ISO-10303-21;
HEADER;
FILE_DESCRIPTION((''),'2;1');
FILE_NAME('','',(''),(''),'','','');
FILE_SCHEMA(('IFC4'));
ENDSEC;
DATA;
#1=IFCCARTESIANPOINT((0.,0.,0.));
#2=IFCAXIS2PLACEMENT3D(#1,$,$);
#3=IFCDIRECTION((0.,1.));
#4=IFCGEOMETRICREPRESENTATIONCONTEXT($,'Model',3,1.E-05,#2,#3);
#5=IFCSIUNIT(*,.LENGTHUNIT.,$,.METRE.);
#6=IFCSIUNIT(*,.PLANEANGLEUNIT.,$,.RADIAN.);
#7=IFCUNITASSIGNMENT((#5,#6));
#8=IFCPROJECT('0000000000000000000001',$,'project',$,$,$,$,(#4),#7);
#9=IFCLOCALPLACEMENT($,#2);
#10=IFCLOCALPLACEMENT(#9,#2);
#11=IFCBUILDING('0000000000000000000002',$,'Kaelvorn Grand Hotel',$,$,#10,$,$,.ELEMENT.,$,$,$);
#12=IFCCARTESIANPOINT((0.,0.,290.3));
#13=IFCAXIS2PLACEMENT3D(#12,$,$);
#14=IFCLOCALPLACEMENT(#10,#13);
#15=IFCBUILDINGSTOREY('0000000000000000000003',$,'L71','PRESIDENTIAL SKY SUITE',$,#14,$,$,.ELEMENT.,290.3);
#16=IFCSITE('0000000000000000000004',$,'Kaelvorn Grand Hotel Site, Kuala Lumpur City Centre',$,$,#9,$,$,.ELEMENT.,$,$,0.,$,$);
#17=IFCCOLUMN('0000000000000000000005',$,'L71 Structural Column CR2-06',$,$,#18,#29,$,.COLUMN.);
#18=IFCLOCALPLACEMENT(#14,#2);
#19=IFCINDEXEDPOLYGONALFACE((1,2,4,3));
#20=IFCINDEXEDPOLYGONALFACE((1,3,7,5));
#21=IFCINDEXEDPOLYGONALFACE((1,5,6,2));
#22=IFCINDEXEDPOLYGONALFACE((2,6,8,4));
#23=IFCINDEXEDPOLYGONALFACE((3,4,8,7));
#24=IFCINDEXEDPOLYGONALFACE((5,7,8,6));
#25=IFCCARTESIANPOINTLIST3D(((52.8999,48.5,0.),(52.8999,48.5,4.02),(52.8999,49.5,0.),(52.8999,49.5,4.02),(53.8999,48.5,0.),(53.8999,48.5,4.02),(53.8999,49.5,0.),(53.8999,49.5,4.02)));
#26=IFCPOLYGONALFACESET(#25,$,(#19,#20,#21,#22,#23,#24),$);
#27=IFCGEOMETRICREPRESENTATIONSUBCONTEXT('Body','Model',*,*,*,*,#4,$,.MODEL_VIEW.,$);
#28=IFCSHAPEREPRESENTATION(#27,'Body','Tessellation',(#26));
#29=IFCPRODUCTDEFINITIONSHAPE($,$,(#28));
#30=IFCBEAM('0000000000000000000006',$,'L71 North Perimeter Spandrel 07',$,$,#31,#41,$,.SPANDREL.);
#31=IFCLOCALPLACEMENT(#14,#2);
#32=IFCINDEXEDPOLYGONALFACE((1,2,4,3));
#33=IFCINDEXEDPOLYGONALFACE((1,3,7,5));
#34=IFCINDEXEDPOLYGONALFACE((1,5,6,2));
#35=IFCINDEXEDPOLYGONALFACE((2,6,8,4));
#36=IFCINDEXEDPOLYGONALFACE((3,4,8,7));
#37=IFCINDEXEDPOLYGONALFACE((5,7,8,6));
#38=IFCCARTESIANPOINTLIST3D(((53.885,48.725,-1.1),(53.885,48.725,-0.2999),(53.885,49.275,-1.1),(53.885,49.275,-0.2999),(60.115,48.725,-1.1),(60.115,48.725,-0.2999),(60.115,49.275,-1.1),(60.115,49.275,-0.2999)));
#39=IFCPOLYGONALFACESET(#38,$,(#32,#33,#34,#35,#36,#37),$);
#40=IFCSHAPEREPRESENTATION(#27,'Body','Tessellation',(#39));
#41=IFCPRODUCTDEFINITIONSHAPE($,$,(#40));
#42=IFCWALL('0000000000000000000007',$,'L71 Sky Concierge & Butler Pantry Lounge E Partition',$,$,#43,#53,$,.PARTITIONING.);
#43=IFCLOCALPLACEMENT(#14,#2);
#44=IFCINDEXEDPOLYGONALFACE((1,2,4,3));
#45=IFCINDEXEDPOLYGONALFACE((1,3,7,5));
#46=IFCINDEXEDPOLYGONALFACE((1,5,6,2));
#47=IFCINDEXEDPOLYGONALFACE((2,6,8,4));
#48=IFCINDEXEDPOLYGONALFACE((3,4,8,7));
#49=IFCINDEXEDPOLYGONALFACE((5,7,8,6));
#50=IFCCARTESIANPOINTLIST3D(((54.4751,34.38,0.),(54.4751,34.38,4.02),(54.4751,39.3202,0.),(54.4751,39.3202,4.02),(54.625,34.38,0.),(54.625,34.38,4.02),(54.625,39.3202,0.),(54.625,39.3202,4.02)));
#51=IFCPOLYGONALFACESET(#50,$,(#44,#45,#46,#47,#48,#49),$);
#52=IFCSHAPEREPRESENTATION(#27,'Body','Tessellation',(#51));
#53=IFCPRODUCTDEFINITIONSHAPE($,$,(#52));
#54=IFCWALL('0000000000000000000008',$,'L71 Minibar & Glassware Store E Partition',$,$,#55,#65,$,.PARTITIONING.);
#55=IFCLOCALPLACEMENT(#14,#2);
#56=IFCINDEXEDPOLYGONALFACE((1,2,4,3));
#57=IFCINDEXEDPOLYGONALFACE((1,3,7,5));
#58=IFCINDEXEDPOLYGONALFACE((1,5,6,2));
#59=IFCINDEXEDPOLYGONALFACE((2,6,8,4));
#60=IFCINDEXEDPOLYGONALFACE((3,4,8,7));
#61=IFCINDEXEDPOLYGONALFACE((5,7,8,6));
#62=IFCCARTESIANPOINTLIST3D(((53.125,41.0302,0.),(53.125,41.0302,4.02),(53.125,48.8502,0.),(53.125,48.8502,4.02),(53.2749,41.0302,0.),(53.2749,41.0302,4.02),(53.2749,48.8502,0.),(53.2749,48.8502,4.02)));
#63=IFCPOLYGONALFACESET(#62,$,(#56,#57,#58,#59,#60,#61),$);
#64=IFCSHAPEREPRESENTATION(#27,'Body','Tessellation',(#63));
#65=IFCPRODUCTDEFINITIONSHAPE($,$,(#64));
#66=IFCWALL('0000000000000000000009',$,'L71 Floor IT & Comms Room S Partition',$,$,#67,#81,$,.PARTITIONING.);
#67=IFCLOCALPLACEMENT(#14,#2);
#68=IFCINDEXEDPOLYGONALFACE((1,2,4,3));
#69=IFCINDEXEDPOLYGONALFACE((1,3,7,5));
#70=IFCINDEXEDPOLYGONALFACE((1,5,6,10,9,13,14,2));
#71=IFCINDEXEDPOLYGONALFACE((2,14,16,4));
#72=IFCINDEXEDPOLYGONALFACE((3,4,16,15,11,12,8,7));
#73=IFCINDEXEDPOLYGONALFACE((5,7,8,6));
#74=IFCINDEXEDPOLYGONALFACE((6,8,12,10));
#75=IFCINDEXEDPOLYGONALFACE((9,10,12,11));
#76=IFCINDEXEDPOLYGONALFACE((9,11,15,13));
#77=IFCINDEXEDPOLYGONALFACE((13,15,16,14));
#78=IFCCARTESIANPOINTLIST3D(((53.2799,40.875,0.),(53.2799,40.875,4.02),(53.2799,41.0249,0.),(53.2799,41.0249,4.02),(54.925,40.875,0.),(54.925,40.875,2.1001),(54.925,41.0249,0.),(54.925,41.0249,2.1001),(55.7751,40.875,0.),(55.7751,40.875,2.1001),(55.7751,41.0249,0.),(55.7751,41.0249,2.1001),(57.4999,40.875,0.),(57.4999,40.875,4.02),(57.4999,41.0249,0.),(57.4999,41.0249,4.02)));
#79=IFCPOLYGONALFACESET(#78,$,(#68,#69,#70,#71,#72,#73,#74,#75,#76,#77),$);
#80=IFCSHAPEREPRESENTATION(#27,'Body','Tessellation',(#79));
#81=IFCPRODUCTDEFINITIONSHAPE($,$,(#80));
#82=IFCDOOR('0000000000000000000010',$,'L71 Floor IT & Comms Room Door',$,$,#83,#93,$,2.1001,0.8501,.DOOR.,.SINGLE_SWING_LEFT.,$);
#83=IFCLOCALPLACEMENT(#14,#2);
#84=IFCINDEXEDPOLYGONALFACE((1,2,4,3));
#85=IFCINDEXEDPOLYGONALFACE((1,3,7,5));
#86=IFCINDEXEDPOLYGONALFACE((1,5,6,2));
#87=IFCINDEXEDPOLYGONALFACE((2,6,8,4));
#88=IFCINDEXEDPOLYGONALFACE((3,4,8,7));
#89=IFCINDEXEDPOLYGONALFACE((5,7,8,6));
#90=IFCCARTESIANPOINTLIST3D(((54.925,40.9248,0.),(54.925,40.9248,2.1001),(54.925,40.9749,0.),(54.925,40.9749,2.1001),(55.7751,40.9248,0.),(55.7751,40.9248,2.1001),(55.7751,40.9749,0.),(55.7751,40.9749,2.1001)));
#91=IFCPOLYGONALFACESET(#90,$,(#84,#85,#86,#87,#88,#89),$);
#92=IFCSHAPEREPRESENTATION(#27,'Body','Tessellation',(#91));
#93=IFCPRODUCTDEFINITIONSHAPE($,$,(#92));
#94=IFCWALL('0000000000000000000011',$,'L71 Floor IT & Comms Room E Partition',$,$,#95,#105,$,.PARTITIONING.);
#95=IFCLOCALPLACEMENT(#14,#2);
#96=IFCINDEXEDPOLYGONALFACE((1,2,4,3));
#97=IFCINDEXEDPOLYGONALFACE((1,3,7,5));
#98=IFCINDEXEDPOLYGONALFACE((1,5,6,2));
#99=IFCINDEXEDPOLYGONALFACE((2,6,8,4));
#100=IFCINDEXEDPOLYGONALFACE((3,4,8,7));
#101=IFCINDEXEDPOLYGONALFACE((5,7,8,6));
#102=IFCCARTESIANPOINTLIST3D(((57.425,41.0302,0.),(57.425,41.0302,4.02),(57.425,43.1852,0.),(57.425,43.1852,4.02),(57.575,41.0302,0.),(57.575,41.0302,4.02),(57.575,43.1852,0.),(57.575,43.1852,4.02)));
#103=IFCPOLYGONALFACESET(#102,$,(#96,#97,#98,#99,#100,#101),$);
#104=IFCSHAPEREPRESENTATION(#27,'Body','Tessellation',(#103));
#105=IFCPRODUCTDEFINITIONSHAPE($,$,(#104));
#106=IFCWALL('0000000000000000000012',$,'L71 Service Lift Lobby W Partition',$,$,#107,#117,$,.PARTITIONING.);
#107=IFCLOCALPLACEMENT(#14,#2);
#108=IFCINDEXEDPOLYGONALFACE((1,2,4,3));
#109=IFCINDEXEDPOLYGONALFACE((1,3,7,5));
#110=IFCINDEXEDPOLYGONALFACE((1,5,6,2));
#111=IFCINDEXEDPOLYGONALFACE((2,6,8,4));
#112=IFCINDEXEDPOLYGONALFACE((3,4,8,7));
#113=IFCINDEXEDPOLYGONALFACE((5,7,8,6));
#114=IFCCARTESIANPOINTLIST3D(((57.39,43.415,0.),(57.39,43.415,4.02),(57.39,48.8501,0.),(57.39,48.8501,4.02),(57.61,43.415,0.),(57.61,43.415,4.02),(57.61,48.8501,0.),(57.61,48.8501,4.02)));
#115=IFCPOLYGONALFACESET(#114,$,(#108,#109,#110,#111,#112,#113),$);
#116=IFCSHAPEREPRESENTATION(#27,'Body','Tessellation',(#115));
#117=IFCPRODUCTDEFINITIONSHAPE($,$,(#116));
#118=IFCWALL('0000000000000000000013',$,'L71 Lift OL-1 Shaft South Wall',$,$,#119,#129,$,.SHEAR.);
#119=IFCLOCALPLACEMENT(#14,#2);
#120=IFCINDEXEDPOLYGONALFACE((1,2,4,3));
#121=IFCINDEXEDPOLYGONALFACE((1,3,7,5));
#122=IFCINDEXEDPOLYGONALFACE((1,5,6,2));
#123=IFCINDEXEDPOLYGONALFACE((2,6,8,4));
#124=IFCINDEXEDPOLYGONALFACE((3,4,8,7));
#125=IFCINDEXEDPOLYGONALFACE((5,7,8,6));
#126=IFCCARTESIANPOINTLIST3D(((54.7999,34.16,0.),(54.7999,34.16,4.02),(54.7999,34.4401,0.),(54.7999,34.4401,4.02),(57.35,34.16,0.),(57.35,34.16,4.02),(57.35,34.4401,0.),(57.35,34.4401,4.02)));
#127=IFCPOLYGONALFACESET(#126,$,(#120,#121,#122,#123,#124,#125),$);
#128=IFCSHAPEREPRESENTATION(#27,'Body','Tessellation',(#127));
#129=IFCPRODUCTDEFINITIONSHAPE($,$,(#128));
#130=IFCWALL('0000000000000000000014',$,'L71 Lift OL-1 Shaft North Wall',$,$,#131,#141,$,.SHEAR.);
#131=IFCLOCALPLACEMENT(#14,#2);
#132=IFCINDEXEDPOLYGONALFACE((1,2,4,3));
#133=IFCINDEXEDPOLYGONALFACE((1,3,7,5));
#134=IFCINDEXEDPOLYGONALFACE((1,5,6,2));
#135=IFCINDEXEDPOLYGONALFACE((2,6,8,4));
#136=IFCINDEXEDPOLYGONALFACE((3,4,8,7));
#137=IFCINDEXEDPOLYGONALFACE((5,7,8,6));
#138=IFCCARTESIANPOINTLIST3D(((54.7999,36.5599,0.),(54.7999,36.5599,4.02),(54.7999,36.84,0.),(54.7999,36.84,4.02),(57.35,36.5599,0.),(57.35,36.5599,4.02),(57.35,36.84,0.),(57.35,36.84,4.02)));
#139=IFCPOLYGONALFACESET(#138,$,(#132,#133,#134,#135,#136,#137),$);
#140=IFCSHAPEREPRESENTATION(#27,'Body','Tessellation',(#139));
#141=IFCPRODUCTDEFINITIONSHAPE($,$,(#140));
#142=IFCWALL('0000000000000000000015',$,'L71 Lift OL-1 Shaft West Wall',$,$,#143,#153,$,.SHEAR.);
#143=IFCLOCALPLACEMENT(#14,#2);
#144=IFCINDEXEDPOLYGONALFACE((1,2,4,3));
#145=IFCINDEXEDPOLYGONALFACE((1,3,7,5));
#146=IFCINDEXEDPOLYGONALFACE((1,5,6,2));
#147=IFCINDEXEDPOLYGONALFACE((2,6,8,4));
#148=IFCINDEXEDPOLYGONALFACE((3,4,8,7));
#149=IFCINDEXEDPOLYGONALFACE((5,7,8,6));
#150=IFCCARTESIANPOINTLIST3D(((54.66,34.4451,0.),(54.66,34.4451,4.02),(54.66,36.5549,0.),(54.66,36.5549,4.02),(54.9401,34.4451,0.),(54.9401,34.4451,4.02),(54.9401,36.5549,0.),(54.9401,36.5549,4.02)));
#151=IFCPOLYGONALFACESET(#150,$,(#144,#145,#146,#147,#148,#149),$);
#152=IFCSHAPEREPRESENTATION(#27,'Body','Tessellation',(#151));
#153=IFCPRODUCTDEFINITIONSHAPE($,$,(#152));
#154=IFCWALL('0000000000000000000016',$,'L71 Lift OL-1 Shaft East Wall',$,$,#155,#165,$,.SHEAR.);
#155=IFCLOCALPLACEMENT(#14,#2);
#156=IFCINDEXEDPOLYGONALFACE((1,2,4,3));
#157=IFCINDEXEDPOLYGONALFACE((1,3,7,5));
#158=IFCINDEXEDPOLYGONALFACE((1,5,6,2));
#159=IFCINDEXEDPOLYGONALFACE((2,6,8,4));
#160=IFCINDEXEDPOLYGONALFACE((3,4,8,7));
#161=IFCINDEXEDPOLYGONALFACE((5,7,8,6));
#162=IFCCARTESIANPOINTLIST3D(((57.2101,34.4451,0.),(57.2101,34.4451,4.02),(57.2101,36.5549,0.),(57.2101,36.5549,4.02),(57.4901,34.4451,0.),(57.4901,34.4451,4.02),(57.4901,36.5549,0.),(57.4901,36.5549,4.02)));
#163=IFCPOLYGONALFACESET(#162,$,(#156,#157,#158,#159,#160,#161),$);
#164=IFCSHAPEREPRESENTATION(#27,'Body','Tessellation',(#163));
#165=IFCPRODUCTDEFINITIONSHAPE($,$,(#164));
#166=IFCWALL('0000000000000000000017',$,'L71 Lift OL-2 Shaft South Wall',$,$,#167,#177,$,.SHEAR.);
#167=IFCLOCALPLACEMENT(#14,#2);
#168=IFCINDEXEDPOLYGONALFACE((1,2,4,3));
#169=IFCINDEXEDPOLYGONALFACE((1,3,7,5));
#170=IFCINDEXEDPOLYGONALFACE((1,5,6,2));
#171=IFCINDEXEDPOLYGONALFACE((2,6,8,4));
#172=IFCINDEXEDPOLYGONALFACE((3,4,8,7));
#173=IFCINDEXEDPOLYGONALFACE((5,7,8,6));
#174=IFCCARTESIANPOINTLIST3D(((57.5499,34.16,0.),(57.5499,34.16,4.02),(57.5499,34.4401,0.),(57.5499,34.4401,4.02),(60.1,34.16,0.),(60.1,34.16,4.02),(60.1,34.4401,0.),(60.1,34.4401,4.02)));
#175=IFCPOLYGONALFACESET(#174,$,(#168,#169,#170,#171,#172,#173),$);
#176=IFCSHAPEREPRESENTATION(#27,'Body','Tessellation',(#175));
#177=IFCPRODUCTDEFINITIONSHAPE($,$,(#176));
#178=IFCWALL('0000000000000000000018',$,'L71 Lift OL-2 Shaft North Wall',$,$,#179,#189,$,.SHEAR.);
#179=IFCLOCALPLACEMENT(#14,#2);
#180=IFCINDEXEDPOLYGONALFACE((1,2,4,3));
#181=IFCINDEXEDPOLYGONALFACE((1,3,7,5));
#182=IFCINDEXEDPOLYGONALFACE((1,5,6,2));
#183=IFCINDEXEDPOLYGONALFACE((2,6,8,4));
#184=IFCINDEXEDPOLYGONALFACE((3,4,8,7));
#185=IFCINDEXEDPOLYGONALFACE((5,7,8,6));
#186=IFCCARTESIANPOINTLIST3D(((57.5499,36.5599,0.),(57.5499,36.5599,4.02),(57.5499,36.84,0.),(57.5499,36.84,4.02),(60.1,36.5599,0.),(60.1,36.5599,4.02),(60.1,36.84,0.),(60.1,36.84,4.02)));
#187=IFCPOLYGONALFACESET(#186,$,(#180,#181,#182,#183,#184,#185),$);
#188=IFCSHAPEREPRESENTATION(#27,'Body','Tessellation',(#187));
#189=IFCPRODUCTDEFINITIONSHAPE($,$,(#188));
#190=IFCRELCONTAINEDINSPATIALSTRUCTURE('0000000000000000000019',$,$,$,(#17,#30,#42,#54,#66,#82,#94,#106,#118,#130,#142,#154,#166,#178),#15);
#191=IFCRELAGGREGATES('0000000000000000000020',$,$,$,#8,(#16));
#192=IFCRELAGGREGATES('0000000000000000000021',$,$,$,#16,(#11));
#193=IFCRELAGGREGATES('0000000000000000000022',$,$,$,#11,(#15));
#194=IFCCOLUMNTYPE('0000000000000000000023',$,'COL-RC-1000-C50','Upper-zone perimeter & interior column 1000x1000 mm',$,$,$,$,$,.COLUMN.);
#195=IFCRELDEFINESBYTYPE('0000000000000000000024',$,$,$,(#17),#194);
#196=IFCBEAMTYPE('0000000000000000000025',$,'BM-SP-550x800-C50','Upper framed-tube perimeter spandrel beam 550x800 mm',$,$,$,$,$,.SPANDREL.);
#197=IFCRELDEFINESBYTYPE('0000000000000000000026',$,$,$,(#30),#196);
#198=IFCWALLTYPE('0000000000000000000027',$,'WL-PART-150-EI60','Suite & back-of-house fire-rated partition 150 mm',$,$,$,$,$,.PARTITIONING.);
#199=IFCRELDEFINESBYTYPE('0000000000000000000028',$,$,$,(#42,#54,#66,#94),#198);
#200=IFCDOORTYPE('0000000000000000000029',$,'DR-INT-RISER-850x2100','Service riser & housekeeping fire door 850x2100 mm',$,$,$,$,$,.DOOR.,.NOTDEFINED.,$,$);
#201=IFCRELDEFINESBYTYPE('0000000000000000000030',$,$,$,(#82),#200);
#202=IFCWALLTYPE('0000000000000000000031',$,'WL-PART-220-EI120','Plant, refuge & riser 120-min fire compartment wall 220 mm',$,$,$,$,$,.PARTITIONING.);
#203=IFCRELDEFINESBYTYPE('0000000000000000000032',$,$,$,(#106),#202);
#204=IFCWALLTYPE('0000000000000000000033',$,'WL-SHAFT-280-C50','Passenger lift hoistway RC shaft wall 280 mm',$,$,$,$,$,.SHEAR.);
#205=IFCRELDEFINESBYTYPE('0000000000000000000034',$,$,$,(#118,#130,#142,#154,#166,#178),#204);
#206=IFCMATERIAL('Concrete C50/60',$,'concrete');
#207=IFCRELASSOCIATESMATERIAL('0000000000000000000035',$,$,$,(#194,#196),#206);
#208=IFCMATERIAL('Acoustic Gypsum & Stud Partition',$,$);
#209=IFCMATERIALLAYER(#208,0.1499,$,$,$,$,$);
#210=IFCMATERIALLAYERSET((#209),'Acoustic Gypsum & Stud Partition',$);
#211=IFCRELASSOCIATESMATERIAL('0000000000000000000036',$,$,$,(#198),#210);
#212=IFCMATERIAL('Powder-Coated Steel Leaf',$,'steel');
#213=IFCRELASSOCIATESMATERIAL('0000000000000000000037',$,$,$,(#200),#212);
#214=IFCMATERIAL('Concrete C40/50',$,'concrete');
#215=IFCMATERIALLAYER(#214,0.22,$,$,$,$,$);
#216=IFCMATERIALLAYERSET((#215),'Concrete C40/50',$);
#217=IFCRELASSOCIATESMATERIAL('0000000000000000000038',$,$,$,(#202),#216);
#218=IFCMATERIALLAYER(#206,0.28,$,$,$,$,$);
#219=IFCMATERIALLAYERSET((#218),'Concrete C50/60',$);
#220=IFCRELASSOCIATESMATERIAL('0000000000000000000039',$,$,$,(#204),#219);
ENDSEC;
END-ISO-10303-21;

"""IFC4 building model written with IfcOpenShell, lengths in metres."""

from ifc_helpers import new_model, si_unit, direction, frame, frame_2d, origin, origin_2d, place, context, subcontext, project, spatial, rectangle, extrude, material, layer, layer_set, material_profile, profile_set, type_object, element, fill, save


model = new_model("IFC4")

# Units and contexts
model_context = context("Model", 3, precision=1e-05, world=origin(), true_north=direction((0.0, 1.0)))
body_context = subcontext(model_context, "Body", "Model", "MODEL_VIEW")
ifc_project = project(units=[si_unit("LENGTHUNIT", "METRE"), si_unit("PLANEANGLEUNIT", "RADIAN")], contexts=[model_context])

# Site, building, storey
site_placement = place(None, origin())
site = spatial("IfcSite", under=ifc_project, at=site_placement, Name="Kaelvorn Grand Hotel Site, Kuala Lumpur City Centre", CompositionType="ELEMENT", RefElevation=0.0)
building_placement = place(site_placement, origin())
building = spatial("IfcBuilding", under=site, at=building_placement, Name="Kaelvorn Grand Hotel", CompositionType="ELEMENT")
storey_placement = place(building_placement, frame((0.0, 0.0, 290.3)))
storey = spatial("IfcBuildingStorey", under=building, at=storey_placement, Name="L71", Description="PRESIDENTIAL SKY SUITE", CompositionType="ELEMENT", Elevation=290.3)

# Column
ifc_material_1 = material(Name="Concrete C50/60", Category="concrete")
ifc_material_profile_1 = material_profile(ifc_material_1, rectangle(XDim=1.0, YDim=1.0, at=origin_2d()), Name="RC COL 1000x1000")
ifc_profile_set_1 = profile_set([ifc_material_profile_1], Name="Concrete C50/60")
column_type = type_object("IfcColumnType", Name="COL-RC-1000-C50", Description="Upper-zone perimeter & interior column 1000x1000 mm", PredefinedType="COLUMN", material=ifc_profile_set_1)
column_placement = place(storey_placement, frame((53.3999, 49.0, 0.0), z_axis=(0.0, 0.0, 1.0), x_axis=(1.0, 0.0, 0.0)))
element("IfcColumn", 1, at=column_placement, inside=storey, type_object=column_type, Name="L71 Structural Column CR2-06", PredefinedType="COLUMN", context=body_context, shape_type="SweptSolid", body=[
    extrude(rectangle(XDim=1.0, YDim=1.0, at=origin_2d()), origin(), (0.0, 0.0, 1.0), 4.02),
])

# Beam
ifc_material_profile_2 = material_profile(ifc_material_1, rectangle(XDim=0.55, YDim=0.8, at=origin_2d()), Name="RC SPANDREL 550x800")
ifc_profile_set_2 = profile_set([ifc_material_profile_2], Name="Concrete C50/60")
beam_type = type_object("IfcBeamType", Name="BM-SP-550x800-C50", Description="Upper framed-tube perimeter spandrel beam 550x800 mm", PredefinedType="SPANDREL", material=ifc_profile_set_2)
beam_placement = place(storey_placement, frame((53.885, 49.0, -0.7), z_axis=(1.0, 0.0, 0.0), x_axis=(0.0, 1.0, 0.0)))
element("IfcBeam", 2, at=beam_placement, inside=storey, type_object=beam_type, Name="L71 North Perimeter Spandrel 07", PredefinedType="SPANDREL", context=body_context, shape_type="SweptSolid", body=[
    extrude(rectangle(XDim=0.55, YDim=0.8, at=origin_2d()), origin(), (0.0, 0.0, 1.0), 6.23),
])

# Walls
ifc_material_2 = material(Name="Acoustic Gypsum & Stud Partition")
ifc_layer_1 = layer(ifc_material_2, 0.1499)
ifc_layer_set_1 = layer_set([ifc_layer_1], Name="Acoustic Gypsum & Stud Partition")
wall_type_1 = type_object("IfcWallType", Name="WL-PART-150-EI60", Description="Suite & back-of-house fire-rated partition 150 mm", PredefinedType="PARTITIONING", material=ifc_layer_set_1)
wall_1_placement = place(storey_placement, frame((54.55, 34.3799, 0.0), z_axis=(0.0, 0.0, 1.0), x_axis=(0.0, 1.0, 0.0)))
element("IfcWall", 3, at=wall_1_placement, inside=storey, type_object=wall_type_1, Name="L71 Sky Concierge & Butler Pantry Lounge E Partition", PredefinedType="PARTITIONING", context=body_context, shape_type="SweptSolid", body=[
    extrude(rectangle(XDim=4.9402, YDim=0.1499, at=frame_2d((2.4702, 0.0))), origin(), (0.0, 0.0, 1.0), 4.02),
])
wall_2_placement = place(storey_placement, frame((53.2, 41.03, 0.0), z_axis=(0.0, 0.0, 1.0), x_axis=(0.0, 1.0, 0.0)))
element("IfcWall", 4, at=wall_2_placement, inside=storey, type_object=wall_type_1, Name="L71 Minibar & Glassware Store E Partition", PredefinedType="PARTITIONING", context=body_context, shape_type="SweptSolid", body=[
    extrude(rectangle(XDim=7.8201, YDim=0.1499, at=frame_2d((3.9102, 0.0))), origin(), (0.0, 0.0, 1.0), 4.02),
])

# Wall, opening, door
wall_3_placement = place(storey_placement, frame((53.28, 40.95, 0.0), z_axis=(0.0, 0.0, 1.0), x_axis=(1.0, 0.0, 0.0)))
wall_3 = element("IfcWall", 5, at=wall_3_placement, inside=storey, type_object=wall_type_1, Name="L71 Floor IT & Comms Room S Partition", PredefinedType="PARTITIONING", context=body_context, shape_type="SweptSolid", body=[
    extrude(rectangle(XDim=4.22, YDim=0.1499, at=frame_2d((2.1099, 0.0))), origin(), (0.0, 0.0, 1.0), 4.02),
])
opening_1_placement = place(wall_3_placement, frame((1.645, 0.0, 0.0)))
opening_1 = element("IfcOpeningElement", 6, at=opening_1_placement, cuts=wall_3, PredefinedType="OPENING", context=body_context, shape_type="SweptSolid", body=[
    extrude(rectangle(XDim=0.8501, YDim=2.1001, at=frame_2d((0.425, 1.05))), frame((0.0, 0.085, 0.0), z_axis=(0.0, -1.0, 0.0), x_axis=(1.0, 0.0, 0.0)), (0.0, 0.0, 1.0), 0.1699),
])
ifc_material_3 = material(Name="Powder-Coated Steel Leaf", Category="steel")
door_type_1 = type_object("IfcDoorType", Name="DR-INT-RISER-850x2100", Description="Service riser & housekeeping fire door 850x2100 mm", OperationType="NOTDEFINED", PredefinedType="DOOR", material=ifc_material_3)
door_1_placement = place(opening_1_placement, origin())
door_1 = element("IfcDoor", 7, at=door_1_placement, inside=storey, type_object=door_type_1, Name="L71 Floor IT & Comms Room Door", OperationType="SINGLE_SWING_LEFT", OverallHeight=2.1001, OverallWidth=0.8501, PredefinedType="DOOR", context=body_context, shape_type="SweptSolid", body=[
    extrude(rectangle(XDim=0.8501, YDim=2.1001, at=frame_2d((0.425, 1.05))), frame((0.0, 0.0249, 0.0), z_axis=(0.0, -1.0, 0.0), x_axis=(1.0, 0.0, 0.0)), (0.0, 0.0, 1.0), 0.05),
])
fill(opening_1, door_1)

# Wall
wall_4_placement = place(storey_placement, frame((57.5, 41.03, 0.0), z_axis=(0.0, 0.0, 1.0), x_axis=(0.0, 1.0, 0.0)))
element("IfcWall", 8, at=wall_4_placement, inside=storey, type_object=wall_type_1, Name="L71 Floor IT & Comms Room E Partition", PredefinedType="PARTITIONING", context=body_context, shape_type="SweptSolid", body=[
    extrude(rectangle(XDim=2.155, YDim=0.1499, at=frame_2d((1.0776, 0.0))), origin(), (0.0, 0.0, 1.0), 4.02),
])

# Shared definitions
ifc_material_4 = material(Name="Concrete C40/50", Category="concrete")
ifc_layer_2 = layer(ifc_material_4, 0.22)
ifc_layer_set_2 = layer_set([ifc_layer_2], Name="Concrete C40/50")
wall_type_2 = type_object("IfcWallType", Name="WL-PART-220-EI120", Description="Plant, refuge & riser 120-min fire compartment wall 220 mm", PredefinedType="PARTITIONING", material=ifc_layer_set_2)

# Walls
wall_5_placement = place(storey_placement, frame((57.5, 43.415, 0.0), z_axis=(0.0, 0.0, 1.0), x_axis=(0.0, 1.0, 0.0)))
element("IfcWall", 9, at=wall_5_placement, inside=storey, type_object=wall_type_2, Name="L71 Service Lift Lobby W Partition", PredefinedType="PARTITIONING", context=body_context, shape_type="SweptSolid", body=[
    extrude(rectangle(XDim=5.4351, YDim=0.22, at=frame_2d((2.7175, 0.0))), origin(), (0.0, 0.0, 1.0), 4.02),
])
ifc_layer_3 = layer(ifc_material_1, 0.28)
ifc_layer_set_3 = layer_set([ifc_layer_3], Name="Concrete C50/60")
wall_type_3 = type_object("IfcWallType", Name="WL-SHAFT-280-C50", Description="Passenger lift hoistway RC shaft wall 280 mm", PredefinedType="SHEAR", material=ifc_layer_set_3)
for number, where, z_axis, x_axis, name in (
    (10, (54.8, 34.3, 0.0), (0.0, 0.0, 1.0), (1.0, 0.0, 0.0), "L71 Lift OL-1 Shaft South Wall"),
    (11, (54.8, 36.7, 0.0), (0.0, 0.0, 1.0), (1.0, 0.0, 0.0), "L71 Lift OL-1 Shaft North Wall"),
):
    element("IfcWall", number, at=place(storey_placement, frame(where, z_axis=z_axis, x_axis=x_axis)), inside=storey, type_object=wall_type_3, Name=name, PredefinedType="SHEAR", context=body_context, shape_type="SweptSolid", body=[
        extrude(rectangle(XDim=2.55, YDim=0.28, at=frame_2d((1.2749, 0.0))), origin(), (0.0, 0.0, 1.0), 4.02),
    ])
for number, where, z_axis, x_axis, name in (
    (12, (54.8, 34.4451, 0.0), (0.0, 0.0, 1.0), (0.0, 1.0, 0.0), "L71 Lift OL-1 Shaft West Wall"),
    (13, (57.3501, 34.4451, 0.0), (0.0, 0.0, 1.0), (0.0, 1.0, 0.0), "L71 Lift OL-1 Shaft East Wall"),
):
    element("IfcWall", number, at=place(storey_placement, frame(where, z_axis=z_axis, x_axis=x_axis)), inside=storey, type_object=wall_type_3, Name=name, PredefinedType="SHEAR", context=body_context, shape_type="SweptSolid", body=[
        extrude(rectangle(XDim=2.1099, YDim=0.28, at=frame_2d((1.0549, 0.0))), origin(), (0.0, 0.0, 1.0), 4.02),
    ])
for number, where, z_axis, x_axis, name in (
    (14, (57.55, 34.3, 0.0), (0.0, 0.0, 1.0), (1.0, 0.0, 0.0), "L71 Lift OL-2 Shaft South Wall"),
    (15, (57.55, 36.7, 0.0), (0.0, 0.0, 1.0), (1.0, 0.0, 0.0), "L71 Lift OL-2 Shaft North Wall"),
):
    element("IfcWall", number, at=place(storey_placement, frame(where, z_axis=z_axis, x_axis=x_axis)), inside=storey, type_object=wall_type_3, Name=name, PredefinedType="SHEAR", context=body_context, shape_type="SweptSolid", body=[
        extrude(rectangle(XDim=2.55, YDim=0.28, at=frame_2d((1.2749, 0.0))), origin(), (0.0, 0.0, 1.0), 4.02),
    ])

save(model, "model.ifc")
